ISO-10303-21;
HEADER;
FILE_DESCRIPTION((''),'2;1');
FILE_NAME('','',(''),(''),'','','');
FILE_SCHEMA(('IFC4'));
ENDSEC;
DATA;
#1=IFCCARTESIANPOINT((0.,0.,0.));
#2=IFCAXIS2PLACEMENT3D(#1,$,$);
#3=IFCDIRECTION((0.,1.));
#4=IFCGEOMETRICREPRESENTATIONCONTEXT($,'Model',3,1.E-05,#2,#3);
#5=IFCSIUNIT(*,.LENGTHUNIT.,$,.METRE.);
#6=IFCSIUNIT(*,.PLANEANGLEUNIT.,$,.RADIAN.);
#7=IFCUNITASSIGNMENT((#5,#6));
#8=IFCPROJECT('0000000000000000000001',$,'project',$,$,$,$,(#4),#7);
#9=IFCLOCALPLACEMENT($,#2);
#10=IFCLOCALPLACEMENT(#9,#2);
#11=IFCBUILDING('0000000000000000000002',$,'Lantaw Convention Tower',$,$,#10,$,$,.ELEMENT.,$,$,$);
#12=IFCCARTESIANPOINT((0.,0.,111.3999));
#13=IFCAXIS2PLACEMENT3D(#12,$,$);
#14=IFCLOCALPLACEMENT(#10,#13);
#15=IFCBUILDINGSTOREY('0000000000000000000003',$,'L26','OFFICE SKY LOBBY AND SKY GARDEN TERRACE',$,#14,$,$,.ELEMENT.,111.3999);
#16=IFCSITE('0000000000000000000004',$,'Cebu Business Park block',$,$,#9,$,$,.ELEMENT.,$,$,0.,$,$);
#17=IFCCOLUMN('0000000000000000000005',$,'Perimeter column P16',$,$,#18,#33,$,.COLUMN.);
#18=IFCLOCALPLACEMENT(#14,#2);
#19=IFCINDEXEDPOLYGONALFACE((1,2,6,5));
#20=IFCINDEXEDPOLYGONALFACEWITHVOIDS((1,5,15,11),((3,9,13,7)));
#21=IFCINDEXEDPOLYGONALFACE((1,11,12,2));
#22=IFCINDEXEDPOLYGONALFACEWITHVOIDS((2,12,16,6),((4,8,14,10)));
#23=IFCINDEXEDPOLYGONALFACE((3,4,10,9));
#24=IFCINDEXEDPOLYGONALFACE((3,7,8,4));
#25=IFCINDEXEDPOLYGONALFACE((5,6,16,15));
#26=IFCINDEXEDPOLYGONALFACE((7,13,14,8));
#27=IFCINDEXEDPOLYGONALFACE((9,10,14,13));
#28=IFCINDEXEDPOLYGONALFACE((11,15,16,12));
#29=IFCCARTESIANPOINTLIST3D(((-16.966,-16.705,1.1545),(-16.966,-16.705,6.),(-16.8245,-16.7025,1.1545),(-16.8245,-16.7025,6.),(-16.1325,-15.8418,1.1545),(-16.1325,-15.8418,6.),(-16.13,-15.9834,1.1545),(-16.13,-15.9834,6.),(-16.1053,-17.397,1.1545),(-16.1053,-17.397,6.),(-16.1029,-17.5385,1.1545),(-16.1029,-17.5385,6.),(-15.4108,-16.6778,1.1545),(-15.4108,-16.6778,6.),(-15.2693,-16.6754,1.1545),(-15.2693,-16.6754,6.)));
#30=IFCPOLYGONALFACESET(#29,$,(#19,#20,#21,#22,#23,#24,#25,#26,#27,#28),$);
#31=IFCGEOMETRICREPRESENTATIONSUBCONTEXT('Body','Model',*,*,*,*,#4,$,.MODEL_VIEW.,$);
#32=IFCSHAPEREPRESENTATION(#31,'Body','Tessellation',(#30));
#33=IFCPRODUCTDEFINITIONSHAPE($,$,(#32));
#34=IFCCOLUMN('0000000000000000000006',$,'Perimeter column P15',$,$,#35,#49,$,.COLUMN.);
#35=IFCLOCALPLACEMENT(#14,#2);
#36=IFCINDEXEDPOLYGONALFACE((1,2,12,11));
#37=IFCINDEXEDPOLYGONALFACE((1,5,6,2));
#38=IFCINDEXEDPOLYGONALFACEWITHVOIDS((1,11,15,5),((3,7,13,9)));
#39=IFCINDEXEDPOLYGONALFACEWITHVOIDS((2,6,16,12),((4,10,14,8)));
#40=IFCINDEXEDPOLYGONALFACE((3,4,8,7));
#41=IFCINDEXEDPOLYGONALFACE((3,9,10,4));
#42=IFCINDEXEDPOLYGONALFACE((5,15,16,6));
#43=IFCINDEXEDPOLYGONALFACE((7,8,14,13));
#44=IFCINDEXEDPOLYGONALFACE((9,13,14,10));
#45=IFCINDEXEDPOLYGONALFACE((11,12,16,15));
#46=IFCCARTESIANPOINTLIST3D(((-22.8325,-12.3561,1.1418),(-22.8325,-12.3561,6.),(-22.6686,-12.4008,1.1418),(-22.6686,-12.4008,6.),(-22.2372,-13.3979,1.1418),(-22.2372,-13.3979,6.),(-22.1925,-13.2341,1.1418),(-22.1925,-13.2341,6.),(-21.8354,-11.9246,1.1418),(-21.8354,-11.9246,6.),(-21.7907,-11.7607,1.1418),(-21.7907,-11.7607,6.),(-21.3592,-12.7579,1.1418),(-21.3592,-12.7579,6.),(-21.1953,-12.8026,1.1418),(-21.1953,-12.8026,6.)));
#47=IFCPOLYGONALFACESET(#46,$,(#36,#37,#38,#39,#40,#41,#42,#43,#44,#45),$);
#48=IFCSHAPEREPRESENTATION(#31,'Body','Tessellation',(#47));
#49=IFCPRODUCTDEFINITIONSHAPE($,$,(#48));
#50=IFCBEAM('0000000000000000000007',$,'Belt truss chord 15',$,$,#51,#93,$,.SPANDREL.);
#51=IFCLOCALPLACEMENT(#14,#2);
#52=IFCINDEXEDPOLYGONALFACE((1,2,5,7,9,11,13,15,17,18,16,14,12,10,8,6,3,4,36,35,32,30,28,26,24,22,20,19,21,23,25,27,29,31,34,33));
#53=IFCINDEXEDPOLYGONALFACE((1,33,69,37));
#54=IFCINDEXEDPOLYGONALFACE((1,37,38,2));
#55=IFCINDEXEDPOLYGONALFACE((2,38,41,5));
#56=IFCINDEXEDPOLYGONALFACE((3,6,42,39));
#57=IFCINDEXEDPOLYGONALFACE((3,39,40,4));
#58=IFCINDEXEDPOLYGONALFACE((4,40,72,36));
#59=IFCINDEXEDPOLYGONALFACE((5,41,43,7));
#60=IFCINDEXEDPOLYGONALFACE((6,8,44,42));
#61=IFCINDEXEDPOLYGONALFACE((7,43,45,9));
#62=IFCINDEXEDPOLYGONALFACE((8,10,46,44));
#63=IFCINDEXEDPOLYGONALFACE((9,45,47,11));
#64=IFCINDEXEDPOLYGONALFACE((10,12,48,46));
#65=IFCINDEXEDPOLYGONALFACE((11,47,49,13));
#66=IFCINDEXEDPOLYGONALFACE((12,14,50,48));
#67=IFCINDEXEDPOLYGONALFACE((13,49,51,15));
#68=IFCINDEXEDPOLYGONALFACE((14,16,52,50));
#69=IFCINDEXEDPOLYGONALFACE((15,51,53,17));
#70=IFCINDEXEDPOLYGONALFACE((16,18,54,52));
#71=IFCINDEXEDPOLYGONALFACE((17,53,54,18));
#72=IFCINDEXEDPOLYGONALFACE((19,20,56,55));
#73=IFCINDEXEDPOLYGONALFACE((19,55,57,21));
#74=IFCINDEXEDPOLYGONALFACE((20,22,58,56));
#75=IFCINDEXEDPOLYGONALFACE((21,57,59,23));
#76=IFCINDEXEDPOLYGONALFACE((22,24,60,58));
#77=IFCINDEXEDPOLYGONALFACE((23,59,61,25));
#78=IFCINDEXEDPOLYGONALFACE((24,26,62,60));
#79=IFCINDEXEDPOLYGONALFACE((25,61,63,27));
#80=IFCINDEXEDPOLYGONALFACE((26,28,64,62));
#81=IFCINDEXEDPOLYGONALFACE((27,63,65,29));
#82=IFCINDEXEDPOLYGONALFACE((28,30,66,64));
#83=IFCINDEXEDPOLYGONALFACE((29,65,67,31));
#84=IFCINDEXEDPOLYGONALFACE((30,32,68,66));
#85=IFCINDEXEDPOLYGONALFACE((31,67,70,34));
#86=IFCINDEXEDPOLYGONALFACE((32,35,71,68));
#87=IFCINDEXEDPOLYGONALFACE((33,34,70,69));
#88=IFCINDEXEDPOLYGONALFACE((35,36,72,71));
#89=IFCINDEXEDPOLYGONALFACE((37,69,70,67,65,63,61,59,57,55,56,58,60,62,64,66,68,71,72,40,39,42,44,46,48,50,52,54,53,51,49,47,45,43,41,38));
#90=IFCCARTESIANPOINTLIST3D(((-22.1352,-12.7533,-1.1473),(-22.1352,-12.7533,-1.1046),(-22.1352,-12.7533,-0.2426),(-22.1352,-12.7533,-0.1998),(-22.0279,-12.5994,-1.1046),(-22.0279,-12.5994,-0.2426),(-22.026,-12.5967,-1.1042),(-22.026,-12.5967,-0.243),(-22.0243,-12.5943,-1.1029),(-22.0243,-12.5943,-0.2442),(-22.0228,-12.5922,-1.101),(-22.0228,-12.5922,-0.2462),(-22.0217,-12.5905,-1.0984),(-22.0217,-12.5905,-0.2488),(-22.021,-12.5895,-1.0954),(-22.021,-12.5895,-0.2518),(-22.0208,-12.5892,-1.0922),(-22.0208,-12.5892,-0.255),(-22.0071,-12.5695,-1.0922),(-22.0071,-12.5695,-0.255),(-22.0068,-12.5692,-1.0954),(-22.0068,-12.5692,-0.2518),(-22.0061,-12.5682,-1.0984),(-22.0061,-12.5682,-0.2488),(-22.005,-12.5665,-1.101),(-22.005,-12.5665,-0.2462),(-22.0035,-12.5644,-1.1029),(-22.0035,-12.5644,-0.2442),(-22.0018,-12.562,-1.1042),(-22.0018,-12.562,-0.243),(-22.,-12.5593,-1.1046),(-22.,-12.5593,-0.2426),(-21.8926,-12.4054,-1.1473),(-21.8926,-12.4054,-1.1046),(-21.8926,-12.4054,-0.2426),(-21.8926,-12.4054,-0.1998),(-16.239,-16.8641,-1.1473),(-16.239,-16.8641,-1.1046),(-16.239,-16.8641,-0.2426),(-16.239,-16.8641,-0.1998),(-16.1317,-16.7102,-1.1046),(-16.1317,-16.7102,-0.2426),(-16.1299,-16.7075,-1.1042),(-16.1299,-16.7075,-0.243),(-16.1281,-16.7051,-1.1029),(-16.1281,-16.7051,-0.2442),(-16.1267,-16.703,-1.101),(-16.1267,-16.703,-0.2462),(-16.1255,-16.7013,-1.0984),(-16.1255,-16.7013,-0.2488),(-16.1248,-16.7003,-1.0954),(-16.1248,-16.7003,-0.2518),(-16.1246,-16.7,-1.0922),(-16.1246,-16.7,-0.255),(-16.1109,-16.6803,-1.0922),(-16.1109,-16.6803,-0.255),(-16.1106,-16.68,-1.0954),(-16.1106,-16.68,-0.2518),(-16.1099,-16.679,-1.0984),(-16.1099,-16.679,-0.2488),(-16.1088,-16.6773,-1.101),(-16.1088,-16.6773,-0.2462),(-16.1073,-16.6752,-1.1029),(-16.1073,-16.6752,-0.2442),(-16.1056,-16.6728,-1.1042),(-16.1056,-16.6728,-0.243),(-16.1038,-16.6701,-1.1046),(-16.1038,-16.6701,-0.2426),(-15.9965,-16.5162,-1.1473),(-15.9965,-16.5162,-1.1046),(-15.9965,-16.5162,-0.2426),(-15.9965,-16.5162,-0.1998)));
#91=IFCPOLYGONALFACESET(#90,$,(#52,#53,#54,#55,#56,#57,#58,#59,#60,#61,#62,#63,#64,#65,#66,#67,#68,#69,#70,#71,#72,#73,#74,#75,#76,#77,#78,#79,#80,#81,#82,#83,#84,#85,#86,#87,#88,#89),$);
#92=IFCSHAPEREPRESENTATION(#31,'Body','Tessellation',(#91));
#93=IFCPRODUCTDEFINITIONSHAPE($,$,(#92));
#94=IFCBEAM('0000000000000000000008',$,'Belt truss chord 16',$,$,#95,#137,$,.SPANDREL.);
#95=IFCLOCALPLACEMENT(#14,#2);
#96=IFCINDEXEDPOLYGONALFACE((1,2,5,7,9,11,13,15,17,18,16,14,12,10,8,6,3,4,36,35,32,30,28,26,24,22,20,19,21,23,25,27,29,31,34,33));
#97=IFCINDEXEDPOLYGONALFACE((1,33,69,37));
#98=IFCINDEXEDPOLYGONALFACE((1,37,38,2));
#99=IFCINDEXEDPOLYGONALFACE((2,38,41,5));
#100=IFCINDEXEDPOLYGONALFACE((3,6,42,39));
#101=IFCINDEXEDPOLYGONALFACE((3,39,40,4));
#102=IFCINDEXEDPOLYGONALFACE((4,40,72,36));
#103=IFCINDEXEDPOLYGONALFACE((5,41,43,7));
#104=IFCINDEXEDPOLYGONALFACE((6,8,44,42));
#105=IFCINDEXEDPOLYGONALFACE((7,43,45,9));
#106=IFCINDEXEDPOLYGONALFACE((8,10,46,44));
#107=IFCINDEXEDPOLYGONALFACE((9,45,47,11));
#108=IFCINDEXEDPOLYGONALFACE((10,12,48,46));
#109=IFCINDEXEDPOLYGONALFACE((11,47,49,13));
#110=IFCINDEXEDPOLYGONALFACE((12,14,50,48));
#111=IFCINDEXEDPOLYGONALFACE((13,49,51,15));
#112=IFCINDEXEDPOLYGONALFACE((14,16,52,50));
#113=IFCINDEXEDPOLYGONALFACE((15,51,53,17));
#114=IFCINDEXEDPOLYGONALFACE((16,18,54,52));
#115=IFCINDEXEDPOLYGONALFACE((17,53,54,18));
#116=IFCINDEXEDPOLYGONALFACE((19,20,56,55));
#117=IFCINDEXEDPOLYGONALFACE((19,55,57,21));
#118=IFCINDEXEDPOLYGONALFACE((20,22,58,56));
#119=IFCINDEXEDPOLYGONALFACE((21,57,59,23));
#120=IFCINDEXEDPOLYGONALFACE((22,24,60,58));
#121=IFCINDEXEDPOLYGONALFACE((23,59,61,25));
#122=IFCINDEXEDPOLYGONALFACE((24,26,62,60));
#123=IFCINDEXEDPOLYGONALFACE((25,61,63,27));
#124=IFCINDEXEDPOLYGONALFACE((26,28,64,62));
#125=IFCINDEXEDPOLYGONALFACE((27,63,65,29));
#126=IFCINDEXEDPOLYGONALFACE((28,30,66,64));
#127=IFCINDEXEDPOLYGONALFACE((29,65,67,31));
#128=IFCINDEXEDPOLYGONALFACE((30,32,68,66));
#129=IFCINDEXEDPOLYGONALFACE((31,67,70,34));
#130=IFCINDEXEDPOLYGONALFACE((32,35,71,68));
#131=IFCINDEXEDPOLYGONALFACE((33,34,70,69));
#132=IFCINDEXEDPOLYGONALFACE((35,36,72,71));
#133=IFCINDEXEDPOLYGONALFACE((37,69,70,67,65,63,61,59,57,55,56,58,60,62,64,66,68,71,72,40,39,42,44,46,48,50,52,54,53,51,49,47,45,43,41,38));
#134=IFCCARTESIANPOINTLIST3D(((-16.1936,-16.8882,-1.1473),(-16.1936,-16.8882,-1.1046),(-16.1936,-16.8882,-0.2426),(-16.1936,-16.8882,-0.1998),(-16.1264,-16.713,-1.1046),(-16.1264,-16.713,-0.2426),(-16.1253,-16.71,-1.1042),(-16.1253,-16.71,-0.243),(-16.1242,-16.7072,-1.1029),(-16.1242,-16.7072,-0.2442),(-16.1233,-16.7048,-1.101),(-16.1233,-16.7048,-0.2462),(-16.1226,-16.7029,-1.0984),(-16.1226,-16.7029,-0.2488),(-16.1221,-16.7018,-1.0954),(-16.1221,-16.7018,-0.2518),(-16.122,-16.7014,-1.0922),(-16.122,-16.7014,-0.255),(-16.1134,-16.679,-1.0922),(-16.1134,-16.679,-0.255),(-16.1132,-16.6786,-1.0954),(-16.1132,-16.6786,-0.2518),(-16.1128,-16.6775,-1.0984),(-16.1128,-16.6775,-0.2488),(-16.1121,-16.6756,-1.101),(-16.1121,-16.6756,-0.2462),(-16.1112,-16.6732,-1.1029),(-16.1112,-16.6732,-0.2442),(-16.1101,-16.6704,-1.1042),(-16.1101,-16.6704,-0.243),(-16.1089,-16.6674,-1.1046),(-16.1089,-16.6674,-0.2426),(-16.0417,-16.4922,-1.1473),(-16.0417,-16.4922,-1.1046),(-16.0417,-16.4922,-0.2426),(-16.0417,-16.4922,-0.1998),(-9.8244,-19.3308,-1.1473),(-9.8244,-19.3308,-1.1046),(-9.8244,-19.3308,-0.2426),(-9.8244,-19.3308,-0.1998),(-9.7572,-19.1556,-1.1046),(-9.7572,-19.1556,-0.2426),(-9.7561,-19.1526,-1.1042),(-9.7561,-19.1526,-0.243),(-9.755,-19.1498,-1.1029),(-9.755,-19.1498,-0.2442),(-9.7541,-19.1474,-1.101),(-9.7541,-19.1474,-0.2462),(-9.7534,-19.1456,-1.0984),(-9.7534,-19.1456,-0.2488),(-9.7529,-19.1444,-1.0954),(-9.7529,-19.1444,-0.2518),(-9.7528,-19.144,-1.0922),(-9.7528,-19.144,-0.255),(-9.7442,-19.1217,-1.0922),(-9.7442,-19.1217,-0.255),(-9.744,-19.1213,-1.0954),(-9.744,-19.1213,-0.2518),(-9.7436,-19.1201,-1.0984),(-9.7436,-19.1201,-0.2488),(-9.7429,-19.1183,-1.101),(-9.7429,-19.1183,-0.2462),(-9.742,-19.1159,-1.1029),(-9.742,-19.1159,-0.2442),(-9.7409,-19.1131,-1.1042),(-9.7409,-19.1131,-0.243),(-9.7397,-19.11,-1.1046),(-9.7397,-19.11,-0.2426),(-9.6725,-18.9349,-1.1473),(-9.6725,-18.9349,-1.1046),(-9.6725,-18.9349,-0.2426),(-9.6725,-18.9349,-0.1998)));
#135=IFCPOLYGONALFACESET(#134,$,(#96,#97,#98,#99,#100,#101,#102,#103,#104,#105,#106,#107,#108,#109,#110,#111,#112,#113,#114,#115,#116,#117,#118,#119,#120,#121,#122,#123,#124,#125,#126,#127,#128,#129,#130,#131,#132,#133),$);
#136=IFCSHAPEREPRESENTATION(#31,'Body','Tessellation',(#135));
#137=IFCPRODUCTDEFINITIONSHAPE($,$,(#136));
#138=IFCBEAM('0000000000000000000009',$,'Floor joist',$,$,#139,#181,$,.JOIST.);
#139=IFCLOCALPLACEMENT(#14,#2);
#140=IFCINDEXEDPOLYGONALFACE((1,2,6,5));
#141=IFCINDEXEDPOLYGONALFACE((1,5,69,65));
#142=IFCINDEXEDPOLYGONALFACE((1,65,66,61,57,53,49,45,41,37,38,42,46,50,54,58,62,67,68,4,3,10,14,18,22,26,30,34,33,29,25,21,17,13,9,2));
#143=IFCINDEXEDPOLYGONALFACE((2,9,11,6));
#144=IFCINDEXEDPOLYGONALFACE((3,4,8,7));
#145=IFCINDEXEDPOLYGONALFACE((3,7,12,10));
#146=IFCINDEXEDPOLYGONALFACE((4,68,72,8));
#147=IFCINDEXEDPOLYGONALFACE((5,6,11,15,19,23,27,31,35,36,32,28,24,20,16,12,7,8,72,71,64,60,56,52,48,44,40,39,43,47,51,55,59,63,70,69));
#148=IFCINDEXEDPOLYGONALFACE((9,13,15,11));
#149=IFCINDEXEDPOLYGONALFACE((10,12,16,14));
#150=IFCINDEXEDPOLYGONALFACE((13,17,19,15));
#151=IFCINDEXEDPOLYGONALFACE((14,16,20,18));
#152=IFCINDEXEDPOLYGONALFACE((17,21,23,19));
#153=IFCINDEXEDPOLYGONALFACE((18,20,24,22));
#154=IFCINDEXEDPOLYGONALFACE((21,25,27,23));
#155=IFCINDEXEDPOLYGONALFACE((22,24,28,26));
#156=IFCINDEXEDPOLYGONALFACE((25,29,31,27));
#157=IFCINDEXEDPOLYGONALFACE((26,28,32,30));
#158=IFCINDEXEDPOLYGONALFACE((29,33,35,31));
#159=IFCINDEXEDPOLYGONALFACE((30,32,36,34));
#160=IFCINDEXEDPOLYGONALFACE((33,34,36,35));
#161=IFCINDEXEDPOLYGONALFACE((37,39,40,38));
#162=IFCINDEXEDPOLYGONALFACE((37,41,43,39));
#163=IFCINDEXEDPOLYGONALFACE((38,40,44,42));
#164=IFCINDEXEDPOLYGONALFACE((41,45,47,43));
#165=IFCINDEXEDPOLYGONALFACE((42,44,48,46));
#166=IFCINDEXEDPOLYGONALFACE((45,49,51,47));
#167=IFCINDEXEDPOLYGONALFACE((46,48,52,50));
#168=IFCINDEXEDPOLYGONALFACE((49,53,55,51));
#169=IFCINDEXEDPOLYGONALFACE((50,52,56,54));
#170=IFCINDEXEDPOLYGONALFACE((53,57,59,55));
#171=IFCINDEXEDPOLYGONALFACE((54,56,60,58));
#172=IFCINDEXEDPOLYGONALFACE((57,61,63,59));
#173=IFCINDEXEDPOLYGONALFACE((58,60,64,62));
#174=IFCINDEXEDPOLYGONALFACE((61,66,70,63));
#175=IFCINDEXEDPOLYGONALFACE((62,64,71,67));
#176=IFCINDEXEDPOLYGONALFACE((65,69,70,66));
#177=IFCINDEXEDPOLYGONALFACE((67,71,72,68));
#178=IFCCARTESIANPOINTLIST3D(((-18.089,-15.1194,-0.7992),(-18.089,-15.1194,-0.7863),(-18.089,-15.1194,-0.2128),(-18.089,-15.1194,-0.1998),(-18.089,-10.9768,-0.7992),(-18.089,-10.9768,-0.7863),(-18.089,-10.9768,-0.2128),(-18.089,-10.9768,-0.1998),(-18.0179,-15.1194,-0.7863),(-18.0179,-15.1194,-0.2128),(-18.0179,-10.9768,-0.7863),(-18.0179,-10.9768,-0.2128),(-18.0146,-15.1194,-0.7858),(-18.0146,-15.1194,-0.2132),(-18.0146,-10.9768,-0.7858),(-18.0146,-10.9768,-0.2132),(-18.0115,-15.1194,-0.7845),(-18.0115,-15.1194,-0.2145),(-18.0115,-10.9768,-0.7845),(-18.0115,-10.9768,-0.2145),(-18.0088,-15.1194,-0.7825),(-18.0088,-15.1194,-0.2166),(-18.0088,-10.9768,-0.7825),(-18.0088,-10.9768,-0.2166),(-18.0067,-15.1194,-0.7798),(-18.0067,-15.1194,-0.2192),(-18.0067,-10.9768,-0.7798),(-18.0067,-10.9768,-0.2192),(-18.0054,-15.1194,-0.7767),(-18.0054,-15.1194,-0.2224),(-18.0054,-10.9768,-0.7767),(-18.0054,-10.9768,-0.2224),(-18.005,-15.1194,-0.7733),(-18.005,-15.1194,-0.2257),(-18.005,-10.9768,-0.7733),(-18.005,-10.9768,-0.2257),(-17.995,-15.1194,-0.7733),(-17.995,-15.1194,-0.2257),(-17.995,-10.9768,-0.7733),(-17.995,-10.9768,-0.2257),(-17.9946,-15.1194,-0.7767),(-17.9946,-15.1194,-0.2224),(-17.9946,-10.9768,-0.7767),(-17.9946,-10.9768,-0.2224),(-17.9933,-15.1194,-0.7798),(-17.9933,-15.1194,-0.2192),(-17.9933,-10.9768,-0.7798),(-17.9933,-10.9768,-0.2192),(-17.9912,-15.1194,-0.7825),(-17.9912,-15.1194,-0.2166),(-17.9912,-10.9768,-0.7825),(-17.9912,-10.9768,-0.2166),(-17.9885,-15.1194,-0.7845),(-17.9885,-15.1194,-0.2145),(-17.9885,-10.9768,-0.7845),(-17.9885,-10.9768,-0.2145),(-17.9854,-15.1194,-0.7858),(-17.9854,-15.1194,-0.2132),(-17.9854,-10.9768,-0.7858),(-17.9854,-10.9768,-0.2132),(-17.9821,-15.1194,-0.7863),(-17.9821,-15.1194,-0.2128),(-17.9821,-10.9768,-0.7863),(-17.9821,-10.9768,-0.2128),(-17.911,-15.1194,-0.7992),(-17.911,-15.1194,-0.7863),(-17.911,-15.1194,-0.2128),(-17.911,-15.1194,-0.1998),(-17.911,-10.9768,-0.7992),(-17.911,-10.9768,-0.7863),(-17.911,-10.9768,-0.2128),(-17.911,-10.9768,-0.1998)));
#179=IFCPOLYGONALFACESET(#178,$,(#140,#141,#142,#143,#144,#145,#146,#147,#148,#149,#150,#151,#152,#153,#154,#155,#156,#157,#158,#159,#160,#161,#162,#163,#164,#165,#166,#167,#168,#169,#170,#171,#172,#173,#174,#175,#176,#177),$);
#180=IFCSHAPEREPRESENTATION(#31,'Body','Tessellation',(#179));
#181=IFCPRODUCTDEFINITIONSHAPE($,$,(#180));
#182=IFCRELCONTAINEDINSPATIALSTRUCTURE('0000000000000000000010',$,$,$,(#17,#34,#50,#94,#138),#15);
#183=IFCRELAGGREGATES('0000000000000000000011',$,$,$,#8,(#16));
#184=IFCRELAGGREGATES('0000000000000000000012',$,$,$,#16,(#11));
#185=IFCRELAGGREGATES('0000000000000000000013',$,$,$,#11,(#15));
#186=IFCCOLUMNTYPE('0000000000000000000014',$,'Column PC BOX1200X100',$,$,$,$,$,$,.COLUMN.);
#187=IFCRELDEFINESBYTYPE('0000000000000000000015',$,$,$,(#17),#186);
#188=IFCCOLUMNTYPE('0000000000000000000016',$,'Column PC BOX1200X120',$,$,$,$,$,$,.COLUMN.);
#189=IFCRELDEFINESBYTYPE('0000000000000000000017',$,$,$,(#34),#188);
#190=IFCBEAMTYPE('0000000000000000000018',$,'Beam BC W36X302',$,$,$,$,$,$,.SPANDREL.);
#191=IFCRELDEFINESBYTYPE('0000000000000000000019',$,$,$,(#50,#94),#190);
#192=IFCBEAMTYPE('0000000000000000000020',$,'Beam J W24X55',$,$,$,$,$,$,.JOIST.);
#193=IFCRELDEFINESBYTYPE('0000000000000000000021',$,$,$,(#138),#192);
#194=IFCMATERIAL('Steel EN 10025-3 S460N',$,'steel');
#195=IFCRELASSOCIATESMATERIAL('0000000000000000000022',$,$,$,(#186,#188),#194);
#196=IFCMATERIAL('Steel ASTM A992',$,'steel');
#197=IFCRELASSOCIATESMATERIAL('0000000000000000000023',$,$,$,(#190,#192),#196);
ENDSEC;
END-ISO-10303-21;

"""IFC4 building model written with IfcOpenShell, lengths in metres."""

from ifc_helpers import new_model, si_unit, direction, frame, origin, origin_2d, place, context, subcontext, project, spatial, rectangle, hollow_rectangle, i_section, extrude, material, material_profile, profile_set, type_object, element, save


model = new_model("IFC4")

# Units and contexts
model_context = context("Model", 3, precision=1e-05, world=origin(), true_north=direction((0.0, 1.0)))
body_context = subcontext(model_context, "Body", "Model", "MODEL_VIEW")
ifc_project = project(units=[si_unit("LENGTHUNIT", "METRE"), si_unit("PLANEANGLEUNIT", "RADIAN")], contexts=[model_context])

# Site, building, storey
site_placement = place(None, origin())
site = spatial("IfcSite", under=ifc_project, at=site_placement, Name="Cebu Business Park block", CompositionType="ELEMENT", RefElevation=0.0)
building_placement = place(site_placement, origin())
building = spatial("IfcBuilding", under=site, at=building_placement, Name="Lantaw Convention Tower", CompositionType="ELEMENT")
storey_placement = place(building_placement, frame((0.0, 0.0, 111.3999)))
storey = spatial("IfcBuildingStorey", under=building, at=storey_placement, Name="L26", Description="OFFICE SKY LOBBY AND SKY GARDEN TERRACE", CompositionType="ELEMENT", Elevation=111.3999)

# Columns
ifc_material_1 = material(Name="Steel EN 10025-3 S460N", Category="steel")
ifc_material_profile_1 = material_profile(ifc_material_1, hollow_rectangle(XDim=1.2, YDim=1.2, WallThickness=0.1001, at=origin_2d()), Name="BOX1200X100")
ifc_material_2 = material(Name="Concrete C60/75", Category="concrete")
ifc_material_profile_2 = material_profile(ifc_material_2, rectangle(XDim=1.0, YDim=1.0, at=origin_2d()), Name="Concrete fill of BOX1200X100")
ifc_profile_set_1 = profile_set([ifc_material_profile_1, ifc_material_profile_2], Name="Steel EN 10025-3 S460N")
column_type_1 = type_object("IfcColumnType", Name="Column PC BOX1200X100", PredefinedType="COLUMN", material=ifc_profile_set_1)
column_1_placement = place(storey_placement, frame((-16.1177, -16.6902, 1.1545), z_axis=(0.0, 0.0, 1.0), x_axis=(0.694658, 0.71934, 0.0)))
element("IfcColumn", 1, at=column_1_placement, inside=storey, type_object=column_type_1, Name="Perimeter column P16", PredefinedType="COLUMN", context=body_context, shape_type="SweptSolid", body=[
    extrude(hollow_rectangle(XDim=1.2, YDim=1.2, WallThickness=0.1001, at=origin_2d()), origin(), (0.0, 0.0, 1.0), 4.8455),
])
ifc_material_profile_3 = material_profile(ifc_material_1, hollow_rectangle(XDim=1.2, YDim=1.2, WallThickness=0.1201, at=origin_2d()), Name="BOX1200X120")
ifc_material_profile_4 = material_profile(ifc_material_2, rectangle(XDim=0.96, YDim=0.96, at=origin_2d()), Name="Concrete fill of BOX1200X120")
ifc_profile_set_2 = profile_set([ifc_material_profile_3, ifc_material_profile_4], Name="Steel EN 10025-3 S460N")
column_type_2 = type_object("IfcColumnType", Name="Column PC BOX1200X120", PredefinedType="COLUMN", material=ifc_profile_set_2)
column_2_placement = place(storey_placement, frame((-22.0139, -12.5793, 1.1418), z_axis=(0.0, 0.0, 1.0), x_axis=(0.868243, 0.496139, 0.0)))
element("IfcColumn", 2, at=column_2_placement, inside=storey, type_object=column_type_2, Name="Perimeter column P15", PredefinedType="COLUMN", context=body_context, shape_type="SweptSolid", body=[
    extrude(hollow_rectangle(XDim=1.2, YDim=1.2, WallThickness=0.1201, at=origin_2d()), origin(), (0.0, 0.0, 1.0), 4.8582),
])

# Beams
ifc_material_3 = material(Name="Steel ASTM A992", Category="steel")
ifc_material_profile_5 = material_profile(ifc_material_3, i_section(OverallWidth=0.4241, OverallDepth=0.9475, WebThickness=0.0239, FlangeThickness=0.0427, FilletRadius=0.0125, at=origin_2d()), Name="W36X302")
ifc_profile_set_3 = profile_set([ifc_material_profile_5], Name="Steel ASTM A992")
beam_type_1 = type_object("IfcBeamType", Name="Beam BC W36X302", PredefinedType="SPANDREL", material=ifc_profile_set_3)
beam_1_placement = place(storey_placement, frame((-22.0139, -12.5793, -0.6736), z_axis=(0.820311, -0.571918, 0.0), x_axis=(0.571918, 0.820311, 0.0)))
element("IfcBeam", 3, at=beam_1_placement, inside=storey, type_object=beam_type_1, Name="Belt truss chord 15", PredefinedType="SPANDREL", context=body_context, shape_type="SweptSolid", body=[
    extrude(i_section(OverallWidth=0.4241, OverallDepth=0.9475, WebThickness=0.0239, FlangeThickness=0.0427, FilletRadius=0.0125, at=origin_2d()), origin(), (0.0, 0.0, 1.0), 7.1877),
])
beam_2_placement = place(storey_placement, frame((-16.1177, -16.6902, -0.6736), z_axis=(0.933691, -0.35808, 0.0), x_axis=(0.35808, 0.933691, 0.0)))
element("IfcBeam", 4, at=beam_2_placement, inside=storey, type_object=beam_type_1, Name="Belt truss chord 16", PredefinedType="SPANDREL", context=body_context, shape_type="SweptSolid", body=[
    extrude(i_section(OverallWidth=0.4241, OverallDepth=0.9475, WebThickness=0.0239, FlangeThickness=0.0427, FilletRadius=0.0125, at=origin_2d()), origin(), (0.0, 0.0, 1.0), 6.8215),
])
ifc_material_profile_6 = material_profile(ifc_material_3, i_section(OverallWidth=0.178, OverallDepth=0.5994, WebThickness=0.01, FlangeThickness=0.0129, FilletRadius=0.0129, at=origin_2d()), Name="W24X55")
ifc_profile_set_4 = profile_set([ifc_material_profile_6], Name="Steel ASTM A992")
beam_type_2 = type_object("IfcBeamType", Name="Beam J W24X55", PredefinedType="JOIST", material=ifc_profile_set_4)
beam_3_placement = place(storey_placement, frame((-18.0, -15.1194, -0.4995), z_axis=(0.0, 1.0, 0.0), x_axis=(-1.0, 0.0, 0.0)))
element("IfcBeam", 5, at=beam_3_placement, inside=storey, type_object=beam_type_2, Name="Floor joist", PredefinedType="JOIST", context=body_context, shape_type="SweptSolid", body=[
    extrude(i_section(OverallWidth=0.178, OverallDepth=0.5994, WebThickness=0.01, FlangeThickness=0.0129, FilletRadius=0.0129, at=origin_2d()), origin(), (0.0, 0.0, 1.0), 4.1426),
])

save(model, "model.ifc")
